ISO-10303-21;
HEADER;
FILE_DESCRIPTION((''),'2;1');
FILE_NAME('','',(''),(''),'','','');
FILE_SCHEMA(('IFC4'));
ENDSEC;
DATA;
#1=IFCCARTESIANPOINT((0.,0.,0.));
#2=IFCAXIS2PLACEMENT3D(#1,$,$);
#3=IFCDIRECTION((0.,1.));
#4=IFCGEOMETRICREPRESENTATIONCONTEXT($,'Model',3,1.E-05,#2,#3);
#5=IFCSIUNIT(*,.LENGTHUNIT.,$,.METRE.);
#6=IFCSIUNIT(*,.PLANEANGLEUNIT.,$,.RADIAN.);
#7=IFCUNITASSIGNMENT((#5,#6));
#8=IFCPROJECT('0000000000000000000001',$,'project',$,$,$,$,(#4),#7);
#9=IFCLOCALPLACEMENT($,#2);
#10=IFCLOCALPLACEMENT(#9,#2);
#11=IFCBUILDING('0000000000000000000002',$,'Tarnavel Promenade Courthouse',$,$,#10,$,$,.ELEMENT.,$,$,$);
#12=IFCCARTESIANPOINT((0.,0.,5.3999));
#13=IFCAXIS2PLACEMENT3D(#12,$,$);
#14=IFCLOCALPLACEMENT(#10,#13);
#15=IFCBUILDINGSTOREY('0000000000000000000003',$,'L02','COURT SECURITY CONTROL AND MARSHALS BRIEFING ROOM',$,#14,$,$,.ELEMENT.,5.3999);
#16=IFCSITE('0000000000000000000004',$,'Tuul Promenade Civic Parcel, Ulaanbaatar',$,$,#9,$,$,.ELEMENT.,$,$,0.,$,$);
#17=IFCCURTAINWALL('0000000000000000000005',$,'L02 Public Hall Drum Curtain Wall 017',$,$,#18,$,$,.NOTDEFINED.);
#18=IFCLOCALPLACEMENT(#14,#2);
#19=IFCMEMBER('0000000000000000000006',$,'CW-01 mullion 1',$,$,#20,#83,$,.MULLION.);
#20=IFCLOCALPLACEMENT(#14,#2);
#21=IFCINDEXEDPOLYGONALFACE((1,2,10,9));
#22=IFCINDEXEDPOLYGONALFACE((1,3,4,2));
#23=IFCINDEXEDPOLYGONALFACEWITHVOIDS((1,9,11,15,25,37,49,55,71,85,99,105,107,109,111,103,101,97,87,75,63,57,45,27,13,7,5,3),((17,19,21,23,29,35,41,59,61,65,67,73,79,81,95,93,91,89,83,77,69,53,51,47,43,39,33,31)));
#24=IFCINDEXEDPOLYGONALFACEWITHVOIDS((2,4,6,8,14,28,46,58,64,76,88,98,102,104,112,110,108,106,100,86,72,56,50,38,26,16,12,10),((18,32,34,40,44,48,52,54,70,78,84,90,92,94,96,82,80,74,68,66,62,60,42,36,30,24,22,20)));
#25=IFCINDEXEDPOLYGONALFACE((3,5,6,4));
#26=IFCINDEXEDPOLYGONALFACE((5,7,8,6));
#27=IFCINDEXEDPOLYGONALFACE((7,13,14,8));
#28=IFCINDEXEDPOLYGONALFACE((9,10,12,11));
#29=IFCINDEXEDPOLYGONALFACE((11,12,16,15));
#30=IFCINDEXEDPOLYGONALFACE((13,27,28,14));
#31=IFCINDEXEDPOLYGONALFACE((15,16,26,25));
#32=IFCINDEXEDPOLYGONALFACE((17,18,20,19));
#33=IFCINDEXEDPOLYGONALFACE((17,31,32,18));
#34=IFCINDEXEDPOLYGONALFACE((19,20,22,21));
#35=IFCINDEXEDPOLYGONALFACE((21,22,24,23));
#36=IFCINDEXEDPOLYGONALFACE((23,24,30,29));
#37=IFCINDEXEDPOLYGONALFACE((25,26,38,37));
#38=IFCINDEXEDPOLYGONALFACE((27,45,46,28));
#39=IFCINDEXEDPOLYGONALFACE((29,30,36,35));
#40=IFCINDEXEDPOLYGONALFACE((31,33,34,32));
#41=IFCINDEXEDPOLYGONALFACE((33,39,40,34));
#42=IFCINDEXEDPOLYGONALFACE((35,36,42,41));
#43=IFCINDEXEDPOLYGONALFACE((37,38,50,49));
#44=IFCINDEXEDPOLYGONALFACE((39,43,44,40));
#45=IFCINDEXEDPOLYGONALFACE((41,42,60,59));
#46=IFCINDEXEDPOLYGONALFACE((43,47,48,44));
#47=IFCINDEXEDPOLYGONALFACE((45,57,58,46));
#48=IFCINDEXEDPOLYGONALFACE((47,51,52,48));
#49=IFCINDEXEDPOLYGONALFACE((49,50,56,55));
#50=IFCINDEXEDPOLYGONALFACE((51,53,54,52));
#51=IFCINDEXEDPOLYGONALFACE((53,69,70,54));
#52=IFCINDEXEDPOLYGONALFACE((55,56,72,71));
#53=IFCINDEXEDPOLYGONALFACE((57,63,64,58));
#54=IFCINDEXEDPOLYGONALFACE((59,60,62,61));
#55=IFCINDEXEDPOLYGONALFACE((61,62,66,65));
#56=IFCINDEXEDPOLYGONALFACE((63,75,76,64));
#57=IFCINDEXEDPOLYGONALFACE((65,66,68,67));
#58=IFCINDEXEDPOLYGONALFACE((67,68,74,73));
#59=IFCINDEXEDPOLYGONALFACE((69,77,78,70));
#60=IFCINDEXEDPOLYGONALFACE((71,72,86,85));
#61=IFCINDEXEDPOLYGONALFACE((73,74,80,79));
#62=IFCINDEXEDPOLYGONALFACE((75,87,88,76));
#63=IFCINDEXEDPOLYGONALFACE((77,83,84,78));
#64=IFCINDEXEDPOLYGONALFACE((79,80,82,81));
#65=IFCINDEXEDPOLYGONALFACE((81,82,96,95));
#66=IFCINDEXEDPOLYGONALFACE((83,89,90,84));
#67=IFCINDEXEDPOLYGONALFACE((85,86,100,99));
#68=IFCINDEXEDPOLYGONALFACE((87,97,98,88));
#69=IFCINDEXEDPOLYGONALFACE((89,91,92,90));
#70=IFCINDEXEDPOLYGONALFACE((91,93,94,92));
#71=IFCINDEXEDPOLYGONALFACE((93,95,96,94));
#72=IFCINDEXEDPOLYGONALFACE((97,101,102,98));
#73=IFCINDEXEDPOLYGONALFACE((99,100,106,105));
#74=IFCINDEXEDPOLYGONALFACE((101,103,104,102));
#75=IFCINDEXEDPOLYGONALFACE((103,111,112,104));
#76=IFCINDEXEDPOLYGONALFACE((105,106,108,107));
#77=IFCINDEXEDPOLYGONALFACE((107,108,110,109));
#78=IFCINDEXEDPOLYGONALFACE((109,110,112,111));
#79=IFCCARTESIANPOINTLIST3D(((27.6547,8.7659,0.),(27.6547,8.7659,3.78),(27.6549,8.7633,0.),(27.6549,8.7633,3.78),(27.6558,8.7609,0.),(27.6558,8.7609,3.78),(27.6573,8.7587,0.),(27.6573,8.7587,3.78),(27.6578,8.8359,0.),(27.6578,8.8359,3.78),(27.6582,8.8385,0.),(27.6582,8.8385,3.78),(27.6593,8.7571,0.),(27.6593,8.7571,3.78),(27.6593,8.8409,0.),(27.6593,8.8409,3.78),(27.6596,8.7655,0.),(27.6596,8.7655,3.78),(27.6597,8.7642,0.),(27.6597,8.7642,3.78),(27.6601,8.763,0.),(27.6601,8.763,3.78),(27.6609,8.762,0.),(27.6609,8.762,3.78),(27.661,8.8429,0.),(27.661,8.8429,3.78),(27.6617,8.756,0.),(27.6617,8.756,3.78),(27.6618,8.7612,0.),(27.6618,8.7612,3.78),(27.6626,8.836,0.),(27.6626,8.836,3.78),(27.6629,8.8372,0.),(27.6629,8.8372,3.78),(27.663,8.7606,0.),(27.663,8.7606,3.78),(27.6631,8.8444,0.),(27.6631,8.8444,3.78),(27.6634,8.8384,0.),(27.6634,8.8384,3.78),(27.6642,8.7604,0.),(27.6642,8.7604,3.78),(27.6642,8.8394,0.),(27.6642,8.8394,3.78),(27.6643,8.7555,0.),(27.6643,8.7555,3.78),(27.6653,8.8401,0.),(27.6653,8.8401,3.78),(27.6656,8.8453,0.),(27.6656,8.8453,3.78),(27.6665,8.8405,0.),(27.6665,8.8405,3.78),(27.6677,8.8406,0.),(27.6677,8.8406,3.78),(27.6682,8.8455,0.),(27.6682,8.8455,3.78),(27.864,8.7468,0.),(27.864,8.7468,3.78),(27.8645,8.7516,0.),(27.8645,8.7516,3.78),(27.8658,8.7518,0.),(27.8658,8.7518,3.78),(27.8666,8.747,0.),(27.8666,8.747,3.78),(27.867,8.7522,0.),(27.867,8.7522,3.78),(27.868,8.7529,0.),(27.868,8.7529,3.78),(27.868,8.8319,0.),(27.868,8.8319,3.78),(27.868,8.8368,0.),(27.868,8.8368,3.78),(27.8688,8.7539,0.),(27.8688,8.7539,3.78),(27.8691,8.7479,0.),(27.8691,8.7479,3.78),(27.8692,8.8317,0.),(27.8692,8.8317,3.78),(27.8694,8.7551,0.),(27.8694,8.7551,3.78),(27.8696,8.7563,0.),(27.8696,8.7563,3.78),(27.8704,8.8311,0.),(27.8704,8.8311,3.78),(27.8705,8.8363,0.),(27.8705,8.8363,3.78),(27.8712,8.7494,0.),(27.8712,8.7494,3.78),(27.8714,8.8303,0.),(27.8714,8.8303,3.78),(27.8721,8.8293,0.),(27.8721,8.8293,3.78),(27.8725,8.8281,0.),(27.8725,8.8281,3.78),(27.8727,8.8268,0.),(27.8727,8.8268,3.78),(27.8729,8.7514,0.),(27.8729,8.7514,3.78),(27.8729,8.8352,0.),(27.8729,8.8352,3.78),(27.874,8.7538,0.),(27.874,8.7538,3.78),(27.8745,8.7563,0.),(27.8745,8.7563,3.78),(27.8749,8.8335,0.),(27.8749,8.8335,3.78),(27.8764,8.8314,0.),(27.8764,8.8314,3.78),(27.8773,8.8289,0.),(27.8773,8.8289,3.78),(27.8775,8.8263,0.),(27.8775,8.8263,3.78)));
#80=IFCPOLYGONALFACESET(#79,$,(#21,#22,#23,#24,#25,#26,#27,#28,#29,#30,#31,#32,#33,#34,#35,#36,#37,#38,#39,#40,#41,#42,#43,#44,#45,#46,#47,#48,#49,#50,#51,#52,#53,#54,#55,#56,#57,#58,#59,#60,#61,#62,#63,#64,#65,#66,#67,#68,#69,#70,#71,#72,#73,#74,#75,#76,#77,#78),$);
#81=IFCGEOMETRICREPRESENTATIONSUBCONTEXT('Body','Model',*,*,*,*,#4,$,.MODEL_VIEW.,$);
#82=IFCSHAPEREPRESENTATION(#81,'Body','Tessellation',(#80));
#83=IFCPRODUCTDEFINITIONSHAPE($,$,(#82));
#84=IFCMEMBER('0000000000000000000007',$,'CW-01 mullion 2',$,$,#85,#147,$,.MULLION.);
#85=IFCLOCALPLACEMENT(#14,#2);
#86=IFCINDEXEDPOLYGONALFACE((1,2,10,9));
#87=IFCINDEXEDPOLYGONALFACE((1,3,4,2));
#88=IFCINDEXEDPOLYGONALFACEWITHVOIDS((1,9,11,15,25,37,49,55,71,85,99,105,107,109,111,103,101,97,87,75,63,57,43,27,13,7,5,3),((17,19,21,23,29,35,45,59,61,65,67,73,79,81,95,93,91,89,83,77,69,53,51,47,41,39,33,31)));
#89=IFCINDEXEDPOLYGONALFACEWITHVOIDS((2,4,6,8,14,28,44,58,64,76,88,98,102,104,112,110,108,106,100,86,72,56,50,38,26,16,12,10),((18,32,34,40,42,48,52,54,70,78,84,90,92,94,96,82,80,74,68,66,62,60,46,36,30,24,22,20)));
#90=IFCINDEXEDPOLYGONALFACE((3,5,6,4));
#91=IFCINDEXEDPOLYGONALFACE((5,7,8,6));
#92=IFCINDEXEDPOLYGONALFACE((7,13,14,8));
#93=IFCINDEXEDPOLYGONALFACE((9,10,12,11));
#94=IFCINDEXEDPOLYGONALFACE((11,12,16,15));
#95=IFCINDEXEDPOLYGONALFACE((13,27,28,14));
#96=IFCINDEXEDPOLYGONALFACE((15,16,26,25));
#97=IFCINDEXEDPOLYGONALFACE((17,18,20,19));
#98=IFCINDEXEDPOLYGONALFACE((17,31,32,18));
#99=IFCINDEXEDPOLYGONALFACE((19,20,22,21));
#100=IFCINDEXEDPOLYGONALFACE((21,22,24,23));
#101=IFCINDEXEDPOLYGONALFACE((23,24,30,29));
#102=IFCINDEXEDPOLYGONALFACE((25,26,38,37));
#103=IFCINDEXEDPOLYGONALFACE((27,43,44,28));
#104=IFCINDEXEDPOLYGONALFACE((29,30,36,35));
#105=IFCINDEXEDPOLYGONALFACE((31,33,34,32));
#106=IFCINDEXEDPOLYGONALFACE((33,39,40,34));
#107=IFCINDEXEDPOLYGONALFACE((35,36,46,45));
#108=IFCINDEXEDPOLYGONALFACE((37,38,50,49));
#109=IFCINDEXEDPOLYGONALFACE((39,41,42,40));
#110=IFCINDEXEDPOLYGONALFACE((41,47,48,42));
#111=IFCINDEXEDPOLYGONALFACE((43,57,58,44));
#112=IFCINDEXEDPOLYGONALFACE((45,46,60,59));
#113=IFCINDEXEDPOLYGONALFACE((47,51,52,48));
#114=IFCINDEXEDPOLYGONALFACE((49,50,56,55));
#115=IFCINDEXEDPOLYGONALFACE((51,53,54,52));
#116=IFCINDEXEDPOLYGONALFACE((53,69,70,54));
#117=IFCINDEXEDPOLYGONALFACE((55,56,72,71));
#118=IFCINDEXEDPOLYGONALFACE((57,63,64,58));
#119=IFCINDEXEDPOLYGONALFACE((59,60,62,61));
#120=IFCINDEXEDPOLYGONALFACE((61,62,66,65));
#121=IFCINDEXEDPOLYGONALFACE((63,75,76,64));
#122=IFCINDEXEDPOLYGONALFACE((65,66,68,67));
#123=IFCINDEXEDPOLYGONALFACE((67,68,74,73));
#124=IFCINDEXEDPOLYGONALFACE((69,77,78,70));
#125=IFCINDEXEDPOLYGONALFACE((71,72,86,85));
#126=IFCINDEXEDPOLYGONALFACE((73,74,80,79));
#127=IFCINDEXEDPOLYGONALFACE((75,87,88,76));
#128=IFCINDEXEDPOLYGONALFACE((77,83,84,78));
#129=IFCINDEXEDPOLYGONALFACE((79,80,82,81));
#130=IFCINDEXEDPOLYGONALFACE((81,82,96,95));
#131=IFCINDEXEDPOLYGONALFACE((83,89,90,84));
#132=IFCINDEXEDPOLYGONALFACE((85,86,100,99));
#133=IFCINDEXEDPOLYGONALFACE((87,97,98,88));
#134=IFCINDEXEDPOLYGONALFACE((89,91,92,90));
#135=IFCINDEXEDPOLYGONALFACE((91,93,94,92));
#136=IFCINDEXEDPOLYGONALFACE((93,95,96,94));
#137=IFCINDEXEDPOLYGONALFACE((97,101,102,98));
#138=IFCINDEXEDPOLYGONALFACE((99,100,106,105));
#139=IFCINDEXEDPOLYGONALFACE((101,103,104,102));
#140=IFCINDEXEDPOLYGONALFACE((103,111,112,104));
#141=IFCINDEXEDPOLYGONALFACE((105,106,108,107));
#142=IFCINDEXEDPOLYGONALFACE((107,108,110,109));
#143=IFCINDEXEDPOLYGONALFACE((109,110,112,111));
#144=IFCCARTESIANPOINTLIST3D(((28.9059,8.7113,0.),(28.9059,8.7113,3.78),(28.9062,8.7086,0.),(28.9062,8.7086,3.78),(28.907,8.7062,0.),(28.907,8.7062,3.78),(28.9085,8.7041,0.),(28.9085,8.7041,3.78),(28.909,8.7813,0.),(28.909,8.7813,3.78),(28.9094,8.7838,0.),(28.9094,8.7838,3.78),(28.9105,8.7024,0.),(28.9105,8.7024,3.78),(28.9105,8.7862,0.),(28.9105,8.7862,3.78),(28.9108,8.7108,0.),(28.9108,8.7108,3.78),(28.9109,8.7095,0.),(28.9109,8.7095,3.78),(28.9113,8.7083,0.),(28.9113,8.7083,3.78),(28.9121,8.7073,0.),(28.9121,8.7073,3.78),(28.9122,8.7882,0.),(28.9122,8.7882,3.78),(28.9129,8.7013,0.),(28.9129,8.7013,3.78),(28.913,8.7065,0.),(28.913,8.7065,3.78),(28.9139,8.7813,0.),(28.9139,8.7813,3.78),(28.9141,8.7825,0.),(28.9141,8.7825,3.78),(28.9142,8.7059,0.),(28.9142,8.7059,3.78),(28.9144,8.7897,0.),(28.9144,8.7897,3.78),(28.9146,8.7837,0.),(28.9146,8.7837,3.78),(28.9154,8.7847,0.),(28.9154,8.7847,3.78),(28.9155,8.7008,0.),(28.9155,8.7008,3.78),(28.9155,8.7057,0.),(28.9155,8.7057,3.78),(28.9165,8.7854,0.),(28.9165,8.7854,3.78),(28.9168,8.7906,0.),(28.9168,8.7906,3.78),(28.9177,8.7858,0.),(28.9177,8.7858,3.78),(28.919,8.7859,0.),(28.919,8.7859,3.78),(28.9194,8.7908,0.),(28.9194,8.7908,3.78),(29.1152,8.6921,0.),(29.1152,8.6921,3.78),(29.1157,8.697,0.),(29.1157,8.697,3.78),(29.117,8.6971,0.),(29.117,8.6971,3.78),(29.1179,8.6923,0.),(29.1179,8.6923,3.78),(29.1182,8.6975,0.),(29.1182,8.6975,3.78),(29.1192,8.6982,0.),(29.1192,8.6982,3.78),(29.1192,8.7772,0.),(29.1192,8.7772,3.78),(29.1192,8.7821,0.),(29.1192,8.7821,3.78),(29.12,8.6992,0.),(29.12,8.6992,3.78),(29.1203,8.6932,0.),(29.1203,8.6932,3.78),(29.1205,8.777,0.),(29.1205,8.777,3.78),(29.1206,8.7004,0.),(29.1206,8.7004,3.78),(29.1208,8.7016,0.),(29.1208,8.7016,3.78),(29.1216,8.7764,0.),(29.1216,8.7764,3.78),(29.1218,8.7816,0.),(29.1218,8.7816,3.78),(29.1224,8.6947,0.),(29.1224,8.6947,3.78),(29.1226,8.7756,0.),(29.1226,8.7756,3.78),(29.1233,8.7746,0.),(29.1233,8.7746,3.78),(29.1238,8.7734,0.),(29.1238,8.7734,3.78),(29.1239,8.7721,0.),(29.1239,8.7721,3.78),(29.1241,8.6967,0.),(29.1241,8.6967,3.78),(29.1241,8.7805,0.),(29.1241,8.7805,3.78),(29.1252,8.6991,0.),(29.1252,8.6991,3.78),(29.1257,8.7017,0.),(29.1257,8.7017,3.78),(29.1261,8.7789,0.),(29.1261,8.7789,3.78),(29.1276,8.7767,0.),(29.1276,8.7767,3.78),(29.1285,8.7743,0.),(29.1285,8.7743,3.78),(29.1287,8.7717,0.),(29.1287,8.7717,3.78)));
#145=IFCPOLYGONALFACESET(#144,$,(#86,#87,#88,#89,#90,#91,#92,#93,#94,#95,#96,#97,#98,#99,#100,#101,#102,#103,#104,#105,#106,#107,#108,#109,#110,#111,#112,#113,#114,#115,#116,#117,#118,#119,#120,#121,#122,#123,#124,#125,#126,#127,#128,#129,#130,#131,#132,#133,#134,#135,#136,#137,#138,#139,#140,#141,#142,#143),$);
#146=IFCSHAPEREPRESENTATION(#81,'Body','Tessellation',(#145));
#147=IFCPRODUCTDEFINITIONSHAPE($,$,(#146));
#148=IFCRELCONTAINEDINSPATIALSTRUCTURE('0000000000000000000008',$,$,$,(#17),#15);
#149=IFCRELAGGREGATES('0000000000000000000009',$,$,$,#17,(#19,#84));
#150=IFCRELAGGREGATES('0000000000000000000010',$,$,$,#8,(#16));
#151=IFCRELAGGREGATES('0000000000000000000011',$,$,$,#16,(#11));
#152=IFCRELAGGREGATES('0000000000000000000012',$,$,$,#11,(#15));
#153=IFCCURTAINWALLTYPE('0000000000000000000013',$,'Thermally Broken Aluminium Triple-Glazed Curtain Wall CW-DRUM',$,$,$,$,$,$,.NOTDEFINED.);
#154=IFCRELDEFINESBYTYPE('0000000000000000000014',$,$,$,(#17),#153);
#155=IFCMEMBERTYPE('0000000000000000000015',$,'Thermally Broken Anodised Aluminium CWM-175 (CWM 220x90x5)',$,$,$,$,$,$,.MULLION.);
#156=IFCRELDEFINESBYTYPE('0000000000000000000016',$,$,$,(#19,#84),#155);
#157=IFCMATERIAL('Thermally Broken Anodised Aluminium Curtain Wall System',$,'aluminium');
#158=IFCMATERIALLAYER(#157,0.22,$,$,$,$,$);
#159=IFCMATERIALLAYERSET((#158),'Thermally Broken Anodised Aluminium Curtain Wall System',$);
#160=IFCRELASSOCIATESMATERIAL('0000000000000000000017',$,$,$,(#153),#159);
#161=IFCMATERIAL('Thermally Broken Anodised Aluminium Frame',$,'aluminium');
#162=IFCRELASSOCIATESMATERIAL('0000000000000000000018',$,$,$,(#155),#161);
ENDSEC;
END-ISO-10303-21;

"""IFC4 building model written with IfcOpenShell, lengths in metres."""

from ifc_helpers import new_model, si_unit, direction, frame, origin, origin_2d, place, context, subcontext, project, spatial, hollow_rectangle, extrude, material, layer, layer_set, material_profile, profile_set, type_object, element, aggregate, save


model = new_model("IFC4")

# Units and contexts
model_context = context("Model", 3, precision=1e-05, world=origin(), true_north=direction((0.0, 1.0)))
body_context = subcontext(model_context, "Body", "Model", "MODEL_VIEW")
ifc_project = project(units=[si_unit("LENGTHUNIT", "METRE"), si_unit("PLANEANGLEUNIT", "RADIAN")], contexts=[model_context])

# Site, building, storey
site_placement = place(None, origin())
site = spatial("IfcSite", under=ifc_project, at=site_placement, Name="Tuul Promenade Civic Parcel, Ulaanbaatar", CompositionType="ELEMENT", RefElevation=0.0)
building_placement = place(site_placement, origin())
building = spatial("IfcBuilding", under=site, at=building_placement, Name="Tarnavel Promenade Courthouse", CompositionType="ELEMENT")
storey_placement = place(building_placement, frame((0.0, 0.0, 5.3999)))
storey = spatial("IfcBuildingStorey", under=building, at=storey_placement, Name="L02", Description="COURT SECURITY CONTROL AND MARSHALS BRIEFING ROOM", CompositionType="ELEMENT", Elevation=5.3999)

# Shared definitions
ifc_material_1 = material(Name="Thermally Broken Anodised Aluminium Curtain Wall System", Category="aluminium")
ifc_layer_1 = layer(ifc_material_1, 0.22)
ifc_layer_set_1 = layer_set([ifc_layer_1], Name="Thermally Broken Anodised Aluminium Curtain Wall System")
curtain_wall_type = type_object("IfcCurtainWallType", Name="Thermally Broken Aluminium Triple-Glazed Curtain Wall CW-DRUM", PredefinedType="NOTDEFINED", material=ifc_layer_set_1)
ifc_material_2 = material(Name="Thermally Broken Anodised Aluminium Frame", Category="aluminium")
ifc_material_profile_1 = material_profile(ifc_material_2, hollow_rectangle(XDim=0.0901, YDim=0.22, WallThickness=0.0049, InnerFilletRadius=0.0049, OuterFilletRadius=0.01, at=origin_2d()), Name="CWM 220x90x5")
ifc_profile_set_1 = profile_set([ifc_material_profile_1], Name="Thermally Broken Anodised Aluminium Frame")
member_type_1 = type_object("IfcMemberType", Name="Thermally Broken Anodised Aluminium CWM-175 (CWM 220x90x5)", PredefinedType="MULLION", material=ifc_profile_set_1)

# Curtain wall, members
curtain_wall_1_placement = place(storey_placement, origin())
curtain_wall_1 = element("IfcCurtainWall", 1, at=curtain_wall_1_placement, inside=storey, type_object=curtain_wall_type, Name="L02 Public Hall Drum Curtain Wall 017", PredefinedType="NOTDEFINED")
member_1_placement = place(storey_placement, frame((27.7661, 8.7961, 0.0), z_axis=(0.0, 0.0, 1.0), x_axis=(0.043619, 0.999048, 0.0)))
member_1 = element("IfcMember", 2, at=member_1_placement, type_object=member_type_1, Name="CW-01 mullion 1", PredefinedType="MULLION", context=body_context, shape_type="SweptSolid", body=[
    extrude(hollow_rectangle(XDim=0.0901, YDim=0.22, WallThickness=0.0049, InnerFilletRadius=0.0049, OuterFilletRadius=0.01, at=origin_2d()), origin(), (0.0, 0.0, 1.0), 3.78),
])
member_2_placement = place(storey_placement, frame((29.0173, 8.7415, 0.0), z_axis=(0.0, 0.0, 1.0), x_axis=(0.043619, 0.999048, 0.0)))
member_2 = element("IfcMember", 3, at=member_2_placement, type_object=member_type_1, Name="CW-01 mullion 2", PredefinedType="MULLION", context=body_context, shape_type="SweptSolid", body=[
    extrude(hollow_rectangle(XDim=0.0901, YDim=0.22, WallThickness=0.0049, InnerFilletRadius=0.0049, OuterFilletRadius=0.01, at=origin_2d()), origin(), (0.0, 0.0, 1.0), 3.78),
])

aggregate(curtain_wall_1, [member_1, member_2])

save(model, "model.ifc")
